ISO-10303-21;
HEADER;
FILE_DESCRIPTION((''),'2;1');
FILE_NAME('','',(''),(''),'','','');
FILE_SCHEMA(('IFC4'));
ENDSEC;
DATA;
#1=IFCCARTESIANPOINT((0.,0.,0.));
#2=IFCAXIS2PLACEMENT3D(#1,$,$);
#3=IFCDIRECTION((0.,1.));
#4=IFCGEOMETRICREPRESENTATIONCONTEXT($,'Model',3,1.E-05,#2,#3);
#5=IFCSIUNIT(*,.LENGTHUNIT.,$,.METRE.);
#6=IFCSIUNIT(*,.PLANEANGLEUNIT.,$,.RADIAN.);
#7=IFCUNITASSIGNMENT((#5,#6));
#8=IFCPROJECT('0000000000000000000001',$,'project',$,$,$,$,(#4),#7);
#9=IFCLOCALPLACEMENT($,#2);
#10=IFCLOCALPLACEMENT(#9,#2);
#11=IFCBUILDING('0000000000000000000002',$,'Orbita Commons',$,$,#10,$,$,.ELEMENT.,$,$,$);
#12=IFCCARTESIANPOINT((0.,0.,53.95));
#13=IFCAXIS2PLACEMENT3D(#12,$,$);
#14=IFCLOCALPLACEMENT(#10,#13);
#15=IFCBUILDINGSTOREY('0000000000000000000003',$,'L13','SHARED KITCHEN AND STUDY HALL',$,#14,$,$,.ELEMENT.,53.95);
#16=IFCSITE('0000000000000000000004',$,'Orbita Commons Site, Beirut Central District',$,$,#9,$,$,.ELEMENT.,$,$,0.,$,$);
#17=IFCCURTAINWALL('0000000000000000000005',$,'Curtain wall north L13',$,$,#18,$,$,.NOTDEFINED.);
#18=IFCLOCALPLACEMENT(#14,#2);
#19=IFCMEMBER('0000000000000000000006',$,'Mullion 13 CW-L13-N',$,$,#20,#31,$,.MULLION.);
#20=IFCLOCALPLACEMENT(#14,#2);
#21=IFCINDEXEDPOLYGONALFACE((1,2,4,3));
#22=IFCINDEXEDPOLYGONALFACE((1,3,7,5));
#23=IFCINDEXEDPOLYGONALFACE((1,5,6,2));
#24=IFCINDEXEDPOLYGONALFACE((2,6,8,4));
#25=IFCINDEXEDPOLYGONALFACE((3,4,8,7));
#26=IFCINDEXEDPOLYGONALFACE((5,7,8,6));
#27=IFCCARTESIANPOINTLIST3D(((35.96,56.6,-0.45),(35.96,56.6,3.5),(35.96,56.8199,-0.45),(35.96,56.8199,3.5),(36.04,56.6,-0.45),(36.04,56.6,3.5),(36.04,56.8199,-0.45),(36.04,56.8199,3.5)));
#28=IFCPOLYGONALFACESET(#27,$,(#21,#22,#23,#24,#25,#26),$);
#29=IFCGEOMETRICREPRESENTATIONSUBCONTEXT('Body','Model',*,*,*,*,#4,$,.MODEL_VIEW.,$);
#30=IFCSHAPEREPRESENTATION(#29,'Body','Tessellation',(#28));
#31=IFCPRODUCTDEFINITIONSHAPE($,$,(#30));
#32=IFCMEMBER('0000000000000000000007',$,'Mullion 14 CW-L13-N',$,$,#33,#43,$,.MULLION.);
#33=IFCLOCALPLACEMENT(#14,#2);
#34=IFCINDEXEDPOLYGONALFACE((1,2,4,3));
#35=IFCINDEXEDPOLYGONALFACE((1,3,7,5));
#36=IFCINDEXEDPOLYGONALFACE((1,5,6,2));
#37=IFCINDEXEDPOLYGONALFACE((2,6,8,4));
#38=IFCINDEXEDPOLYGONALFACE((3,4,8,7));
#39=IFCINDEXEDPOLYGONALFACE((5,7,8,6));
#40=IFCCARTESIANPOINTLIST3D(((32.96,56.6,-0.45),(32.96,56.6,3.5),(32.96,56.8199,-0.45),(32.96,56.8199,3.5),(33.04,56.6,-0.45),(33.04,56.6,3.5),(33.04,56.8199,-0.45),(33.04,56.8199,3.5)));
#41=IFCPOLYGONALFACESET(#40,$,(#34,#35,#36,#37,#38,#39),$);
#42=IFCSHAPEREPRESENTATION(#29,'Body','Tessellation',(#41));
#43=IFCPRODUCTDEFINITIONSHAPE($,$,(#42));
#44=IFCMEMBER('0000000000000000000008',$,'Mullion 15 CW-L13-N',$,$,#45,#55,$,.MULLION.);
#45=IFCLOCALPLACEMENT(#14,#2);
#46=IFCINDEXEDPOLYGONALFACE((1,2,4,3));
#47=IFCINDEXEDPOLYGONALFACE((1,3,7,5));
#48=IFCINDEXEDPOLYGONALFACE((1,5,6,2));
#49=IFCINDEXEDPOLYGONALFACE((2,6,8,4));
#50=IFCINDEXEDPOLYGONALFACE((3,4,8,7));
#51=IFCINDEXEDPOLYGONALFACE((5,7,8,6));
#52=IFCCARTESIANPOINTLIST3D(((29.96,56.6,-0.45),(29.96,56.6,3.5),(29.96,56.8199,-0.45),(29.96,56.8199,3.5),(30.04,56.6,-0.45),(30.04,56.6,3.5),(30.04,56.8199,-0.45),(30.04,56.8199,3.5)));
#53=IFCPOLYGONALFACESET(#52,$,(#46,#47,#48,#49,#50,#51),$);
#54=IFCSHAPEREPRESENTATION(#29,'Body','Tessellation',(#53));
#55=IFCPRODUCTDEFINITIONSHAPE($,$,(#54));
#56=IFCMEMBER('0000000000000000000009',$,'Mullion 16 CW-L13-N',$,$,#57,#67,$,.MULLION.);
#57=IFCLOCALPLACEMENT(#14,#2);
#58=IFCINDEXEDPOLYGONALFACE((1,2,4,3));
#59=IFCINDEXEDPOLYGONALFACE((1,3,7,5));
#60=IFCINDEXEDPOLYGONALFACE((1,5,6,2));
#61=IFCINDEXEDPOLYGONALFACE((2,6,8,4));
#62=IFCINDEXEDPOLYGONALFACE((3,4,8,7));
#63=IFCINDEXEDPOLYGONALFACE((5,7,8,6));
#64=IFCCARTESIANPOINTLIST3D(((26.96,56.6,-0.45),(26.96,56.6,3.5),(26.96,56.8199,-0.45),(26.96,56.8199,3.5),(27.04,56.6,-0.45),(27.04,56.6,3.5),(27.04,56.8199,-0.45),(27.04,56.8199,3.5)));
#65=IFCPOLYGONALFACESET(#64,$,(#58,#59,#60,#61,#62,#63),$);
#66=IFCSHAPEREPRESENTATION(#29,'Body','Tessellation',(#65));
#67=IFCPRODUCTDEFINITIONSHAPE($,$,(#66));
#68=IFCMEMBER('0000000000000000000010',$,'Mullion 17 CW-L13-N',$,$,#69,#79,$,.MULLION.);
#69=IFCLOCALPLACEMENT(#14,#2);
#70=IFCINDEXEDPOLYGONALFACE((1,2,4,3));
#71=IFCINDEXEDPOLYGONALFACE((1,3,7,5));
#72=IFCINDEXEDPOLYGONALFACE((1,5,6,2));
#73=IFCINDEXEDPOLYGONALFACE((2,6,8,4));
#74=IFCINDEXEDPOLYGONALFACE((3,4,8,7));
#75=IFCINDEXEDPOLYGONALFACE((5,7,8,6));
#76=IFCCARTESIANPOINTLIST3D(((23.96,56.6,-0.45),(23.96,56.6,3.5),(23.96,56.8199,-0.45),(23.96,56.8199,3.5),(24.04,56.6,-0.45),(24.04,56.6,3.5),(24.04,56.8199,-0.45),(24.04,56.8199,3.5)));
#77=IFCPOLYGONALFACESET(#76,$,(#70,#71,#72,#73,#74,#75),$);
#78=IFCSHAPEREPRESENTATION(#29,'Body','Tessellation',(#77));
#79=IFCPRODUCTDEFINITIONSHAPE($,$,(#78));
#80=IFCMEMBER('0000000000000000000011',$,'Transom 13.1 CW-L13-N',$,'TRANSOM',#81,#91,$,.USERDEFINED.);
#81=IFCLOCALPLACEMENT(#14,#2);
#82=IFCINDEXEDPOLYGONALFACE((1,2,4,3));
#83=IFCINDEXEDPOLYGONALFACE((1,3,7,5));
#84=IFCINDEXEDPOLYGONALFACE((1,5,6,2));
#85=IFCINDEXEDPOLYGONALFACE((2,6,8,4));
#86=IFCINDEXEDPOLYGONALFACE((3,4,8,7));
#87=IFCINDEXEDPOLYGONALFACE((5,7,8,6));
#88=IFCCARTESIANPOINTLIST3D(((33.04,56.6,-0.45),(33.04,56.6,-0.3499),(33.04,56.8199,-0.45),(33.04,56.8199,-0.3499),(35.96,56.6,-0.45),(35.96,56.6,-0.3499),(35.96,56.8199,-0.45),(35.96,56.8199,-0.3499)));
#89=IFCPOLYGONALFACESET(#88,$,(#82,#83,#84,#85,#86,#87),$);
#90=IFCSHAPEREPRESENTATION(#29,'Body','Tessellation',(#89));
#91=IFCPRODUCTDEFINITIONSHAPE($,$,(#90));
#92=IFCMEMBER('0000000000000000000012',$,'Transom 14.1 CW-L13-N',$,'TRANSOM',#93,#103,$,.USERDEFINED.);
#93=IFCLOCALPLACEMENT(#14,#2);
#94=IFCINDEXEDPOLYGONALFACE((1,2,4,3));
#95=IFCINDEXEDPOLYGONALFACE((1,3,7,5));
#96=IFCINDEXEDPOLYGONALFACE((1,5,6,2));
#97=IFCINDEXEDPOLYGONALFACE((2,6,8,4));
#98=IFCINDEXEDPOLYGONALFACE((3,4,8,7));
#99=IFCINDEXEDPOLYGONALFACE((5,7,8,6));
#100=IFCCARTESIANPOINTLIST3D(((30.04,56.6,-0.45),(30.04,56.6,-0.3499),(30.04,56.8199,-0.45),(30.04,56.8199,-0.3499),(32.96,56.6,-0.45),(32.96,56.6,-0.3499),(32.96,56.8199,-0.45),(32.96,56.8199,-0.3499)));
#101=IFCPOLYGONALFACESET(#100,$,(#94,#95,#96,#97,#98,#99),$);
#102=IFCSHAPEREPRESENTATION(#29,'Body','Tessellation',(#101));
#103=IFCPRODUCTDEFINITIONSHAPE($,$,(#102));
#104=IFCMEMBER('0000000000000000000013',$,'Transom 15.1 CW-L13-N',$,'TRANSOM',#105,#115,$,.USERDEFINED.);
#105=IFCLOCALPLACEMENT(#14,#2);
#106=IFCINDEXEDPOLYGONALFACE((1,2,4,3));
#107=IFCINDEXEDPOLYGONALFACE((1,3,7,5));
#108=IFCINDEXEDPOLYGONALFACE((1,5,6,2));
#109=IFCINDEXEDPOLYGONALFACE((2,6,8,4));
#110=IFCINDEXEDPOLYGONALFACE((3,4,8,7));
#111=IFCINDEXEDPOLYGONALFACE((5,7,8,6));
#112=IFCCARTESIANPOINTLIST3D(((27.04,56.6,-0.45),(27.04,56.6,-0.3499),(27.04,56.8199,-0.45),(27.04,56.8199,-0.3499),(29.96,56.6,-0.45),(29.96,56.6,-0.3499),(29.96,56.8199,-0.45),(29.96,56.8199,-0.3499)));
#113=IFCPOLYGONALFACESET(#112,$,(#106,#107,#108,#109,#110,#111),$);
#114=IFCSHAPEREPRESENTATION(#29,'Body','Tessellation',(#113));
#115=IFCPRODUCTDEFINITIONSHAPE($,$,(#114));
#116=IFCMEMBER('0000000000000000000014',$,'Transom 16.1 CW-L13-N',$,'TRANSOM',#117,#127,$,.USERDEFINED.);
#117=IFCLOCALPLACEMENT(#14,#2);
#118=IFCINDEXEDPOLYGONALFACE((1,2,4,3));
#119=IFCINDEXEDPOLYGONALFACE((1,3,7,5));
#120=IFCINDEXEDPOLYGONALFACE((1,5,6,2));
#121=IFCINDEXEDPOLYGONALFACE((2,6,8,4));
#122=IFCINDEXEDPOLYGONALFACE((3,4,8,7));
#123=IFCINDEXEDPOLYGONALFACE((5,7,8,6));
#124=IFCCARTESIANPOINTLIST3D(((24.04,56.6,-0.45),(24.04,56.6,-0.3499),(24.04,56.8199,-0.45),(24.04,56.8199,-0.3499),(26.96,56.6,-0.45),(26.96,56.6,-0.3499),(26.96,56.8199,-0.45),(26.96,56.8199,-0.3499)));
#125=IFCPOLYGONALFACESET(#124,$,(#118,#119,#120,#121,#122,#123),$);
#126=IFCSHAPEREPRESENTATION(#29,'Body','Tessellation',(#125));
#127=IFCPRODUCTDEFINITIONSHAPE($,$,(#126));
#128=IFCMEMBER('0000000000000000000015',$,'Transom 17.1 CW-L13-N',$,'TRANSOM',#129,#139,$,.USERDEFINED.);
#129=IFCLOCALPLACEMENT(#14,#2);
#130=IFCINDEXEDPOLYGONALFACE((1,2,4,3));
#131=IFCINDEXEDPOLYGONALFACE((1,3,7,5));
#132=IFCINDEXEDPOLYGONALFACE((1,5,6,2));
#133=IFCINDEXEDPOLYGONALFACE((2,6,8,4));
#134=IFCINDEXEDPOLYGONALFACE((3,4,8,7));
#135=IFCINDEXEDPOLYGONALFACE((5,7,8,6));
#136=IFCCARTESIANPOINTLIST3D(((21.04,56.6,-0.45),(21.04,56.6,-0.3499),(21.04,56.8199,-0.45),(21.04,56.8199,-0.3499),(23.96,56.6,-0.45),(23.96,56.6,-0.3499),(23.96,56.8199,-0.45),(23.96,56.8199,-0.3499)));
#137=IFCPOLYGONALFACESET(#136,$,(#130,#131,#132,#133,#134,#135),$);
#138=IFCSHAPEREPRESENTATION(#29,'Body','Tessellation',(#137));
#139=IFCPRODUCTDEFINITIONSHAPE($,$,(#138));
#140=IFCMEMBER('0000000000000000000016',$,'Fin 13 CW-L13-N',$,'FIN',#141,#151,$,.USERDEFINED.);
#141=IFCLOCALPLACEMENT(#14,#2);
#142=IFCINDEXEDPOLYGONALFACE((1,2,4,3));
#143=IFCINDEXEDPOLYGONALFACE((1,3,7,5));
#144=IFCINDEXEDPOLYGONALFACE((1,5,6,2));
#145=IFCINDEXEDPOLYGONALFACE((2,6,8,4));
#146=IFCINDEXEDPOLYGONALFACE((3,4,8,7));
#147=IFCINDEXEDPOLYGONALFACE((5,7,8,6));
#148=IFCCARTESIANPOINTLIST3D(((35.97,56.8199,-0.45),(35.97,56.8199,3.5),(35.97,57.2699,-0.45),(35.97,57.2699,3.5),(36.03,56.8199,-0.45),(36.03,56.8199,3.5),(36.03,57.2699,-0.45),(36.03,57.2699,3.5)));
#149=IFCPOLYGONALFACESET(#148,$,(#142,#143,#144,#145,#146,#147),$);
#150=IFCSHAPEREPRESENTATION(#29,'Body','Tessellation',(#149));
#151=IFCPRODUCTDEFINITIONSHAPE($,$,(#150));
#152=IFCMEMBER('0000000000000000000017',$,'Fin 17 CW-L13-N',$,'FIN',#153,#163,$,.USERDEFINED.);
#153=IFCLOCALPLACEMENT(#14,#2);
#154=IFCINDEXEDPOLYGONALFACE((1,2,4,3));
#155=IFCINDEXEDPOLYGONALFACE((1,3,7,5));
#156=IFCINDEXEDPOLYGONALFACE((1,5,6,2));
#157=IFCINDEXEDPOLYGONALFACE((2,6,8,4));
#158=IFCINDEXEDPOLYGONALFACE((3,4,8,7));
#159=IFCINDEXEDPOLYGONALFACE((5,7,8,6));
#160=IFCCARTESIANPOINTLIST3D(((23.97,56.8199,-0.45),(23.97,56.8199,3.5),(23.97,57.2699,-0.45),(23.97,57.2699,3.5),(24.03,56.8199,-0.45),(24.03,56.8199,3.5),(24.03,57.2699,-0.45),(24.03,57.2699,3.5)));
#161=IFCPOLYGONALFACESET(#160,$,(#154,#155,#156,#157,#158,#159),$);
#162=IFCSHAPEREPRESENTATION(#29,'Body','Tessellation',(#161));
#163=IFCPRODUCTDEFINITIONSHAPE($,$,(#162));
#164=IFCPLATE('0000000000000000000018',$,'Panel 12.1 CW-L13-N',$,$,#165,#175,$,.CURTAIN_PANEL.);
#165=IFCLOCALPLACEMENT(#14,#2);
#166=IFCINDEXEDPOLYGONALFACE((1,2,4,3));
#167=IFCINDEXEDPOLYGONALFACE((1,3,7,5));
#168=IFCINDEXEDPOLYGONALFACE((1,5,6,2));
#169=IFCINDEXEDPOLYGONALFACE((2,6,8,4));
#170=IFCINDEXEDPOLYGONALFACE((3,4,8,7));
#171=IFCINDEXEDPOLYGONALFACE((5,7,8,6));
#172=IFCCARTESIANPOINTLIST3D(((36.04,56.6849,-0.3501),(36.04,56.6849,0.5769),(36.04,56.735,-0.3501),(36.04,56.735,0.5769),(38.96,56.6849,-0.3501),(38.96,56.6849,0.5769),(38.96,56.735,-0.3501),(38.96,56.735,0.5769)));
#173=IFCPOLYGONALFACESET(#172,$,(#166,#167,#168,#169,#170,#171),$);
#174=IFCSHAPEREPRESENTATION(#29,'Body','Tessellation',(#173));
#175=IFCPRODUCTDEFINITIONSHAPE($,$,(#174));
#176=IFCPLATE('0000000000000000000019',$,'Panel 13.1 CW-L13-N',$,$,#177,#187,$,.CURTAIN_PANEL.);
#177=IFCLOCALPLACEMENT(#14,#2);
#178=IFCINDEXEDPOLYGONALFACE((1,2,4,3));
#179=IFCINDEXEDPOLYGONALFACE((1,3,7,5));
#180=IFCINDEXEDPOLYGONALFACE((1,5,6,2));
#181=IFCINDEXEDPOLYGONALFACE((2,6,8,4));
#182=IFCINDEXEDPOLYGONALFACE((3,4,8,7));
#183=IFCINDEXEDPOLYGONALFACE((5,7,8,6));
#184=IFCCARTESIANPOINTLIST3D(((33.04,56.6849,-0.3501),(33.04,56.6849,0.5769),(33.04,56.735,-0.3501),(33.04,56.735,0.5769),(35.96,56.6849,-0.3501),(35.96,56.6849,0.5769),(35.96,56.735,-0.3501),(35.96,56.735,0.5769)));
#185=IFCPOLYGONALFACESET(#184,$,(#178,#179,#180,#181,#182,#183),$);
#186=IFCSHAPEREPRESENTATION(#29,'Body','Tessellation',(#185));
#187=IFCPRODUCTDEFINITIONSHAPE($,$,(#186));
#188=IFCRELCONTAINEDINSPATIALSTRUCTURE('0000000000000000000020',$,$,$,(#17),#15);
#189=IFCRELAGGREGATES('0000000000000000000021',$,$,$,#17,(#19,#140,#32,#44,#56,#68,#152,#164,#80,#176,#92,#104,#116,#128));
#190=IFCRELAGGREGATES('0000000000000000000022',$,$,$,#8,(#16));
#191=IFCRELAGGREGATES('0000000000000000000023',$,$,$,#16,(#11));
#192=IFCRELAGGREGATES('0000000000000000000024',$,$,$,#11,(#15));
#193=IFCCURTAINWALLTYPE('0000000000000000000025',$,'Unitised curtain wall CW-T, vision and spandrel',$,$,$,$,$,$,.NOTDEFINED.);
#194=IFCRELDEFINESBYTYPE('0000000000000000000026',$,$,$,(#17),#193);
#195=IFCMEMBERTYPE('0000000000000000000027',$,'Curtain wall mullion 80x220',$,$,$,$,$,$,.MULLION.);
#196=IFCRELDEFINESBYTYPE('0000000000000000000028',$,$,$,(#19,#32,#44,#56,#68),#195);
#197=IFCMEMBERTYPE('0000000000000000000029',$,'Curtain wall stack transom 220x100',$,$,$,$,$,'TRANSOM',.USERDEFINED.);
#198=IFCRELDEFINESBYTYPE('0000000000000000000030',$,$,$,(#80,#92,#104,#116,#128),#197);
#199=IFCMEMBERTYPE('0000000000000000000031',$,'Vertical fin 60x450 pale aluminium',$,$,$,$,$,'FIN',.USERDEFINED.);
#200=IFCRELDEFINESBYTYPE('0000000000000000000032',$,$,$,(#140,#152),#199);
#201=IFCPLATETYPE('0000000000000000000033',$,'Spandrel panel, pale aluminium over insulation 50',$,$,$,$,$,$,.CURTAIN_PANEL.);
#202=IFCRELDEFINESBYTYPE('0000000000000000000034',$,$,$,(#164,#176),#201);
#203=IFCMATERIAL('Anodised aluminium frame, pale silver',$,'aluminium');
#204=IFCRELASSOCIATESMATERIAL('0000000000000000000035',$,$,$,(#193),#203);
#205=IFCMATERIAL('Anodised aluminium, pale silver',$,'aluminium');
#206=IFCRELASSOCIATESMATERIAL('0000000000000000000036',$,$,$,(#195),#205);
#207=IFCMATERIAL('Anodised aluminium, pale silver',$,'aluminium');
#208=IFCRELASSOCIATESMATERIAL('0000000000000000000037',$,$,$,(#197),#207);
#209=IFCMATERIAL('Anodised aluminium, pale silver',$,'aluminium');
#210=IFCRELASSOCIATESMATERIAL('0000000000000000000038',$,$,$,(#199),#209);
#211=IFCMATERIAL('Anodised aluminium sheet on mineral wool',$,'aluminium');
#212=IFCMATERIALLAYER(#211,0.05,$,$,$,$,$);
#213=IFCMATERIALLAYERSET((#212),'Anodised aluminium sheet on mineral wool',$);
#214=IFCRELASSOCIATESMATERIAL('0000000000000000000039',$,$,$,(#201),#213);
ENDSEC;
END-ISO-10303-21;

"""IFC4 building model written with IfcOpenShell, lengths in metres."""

from ifc_helpers import new_model, si_unit, direction, frame, origin, origin_2d, place, context, subcontext, project, spatial, rectangle, extrude, material, layer, layer_set, material_profile, profile_set, type_object, element, aggregate, save


model = new_model("IFC4")

# Units and contexts
model_context = context("Model", 3, precision=1e-05, world=origin(), true_north=direction((0.0, 1.0)))
body_context = subcontext(model_context, "Body", "Model", "MODEL_VIEW")
ifc_project = project(units=[si_unit("LENGTHUNIT", "METRE"), si_unit("PLANEANGLEUNIT", "RADIAN")], contexts=[model_context])

# Site, building, storey
site_placement = place(None, origin())
site = spatial("IfcSite", under=ifc_project, at=site_placement, Name="Orbita Commons Site, Beirut Central District", CompositionType="ELEMENT", RefElevation=0.0)
building_placement = place(site_placement, origin())
building = spatial("IfcBuilding", under=site, at=building_placement, Name="Orbita Commons", CompositionType="ELEMENT")
storey_placement = place(building_placement, frame((0.0, 0.0, 53.95)))
storey = spatial("IfcBuildingStorey", under=building, at=storey_placement, Name="L13", Description="SHARED KITCHEN AND STUDY HALL", CompositionType="ELEMENT", Elevation=53.95)

# Curtain wall, members, plates
ifc_material_1 = material(Name="Anodised aluminium frame, pale silver", Category="aluminium")
curtain_wall_type = type_object("IfcCurtainWallType", Name="Unitised curtain wall CW-T, vision and spandrel", PredefinedType="NOTDEFINED", material=ifc_material_1)
curtain_wall_placement = place(storey_placement, origin())
curtain_wall = element("IfcCurtainWall", 1, at=curtain_wall_placement, inside=storey, type_object=curtain_wall_type, Name="Curtain wall north L13", PredefinedType="NOTDEFINED")
ifc_material_2 = material(Name="Anodised aluminium, pale silver", Category="aluminium")
ifc_material_profile_1 = material_profile(ifc_material_2, rectangle(XDim=0.0801, YDim=0.22, at=origin_2d()), Name="AL 80x220")
ifc_profile_set_1 = profile_set([ifc_material_profile_1], Name="Anodised aluminium, pale silver")
member_type_1 = type_object("IfcMemberType", Name="Curtain wall mullion 80x220", PredefinedType="MULLION", material=ifc_profile_set_1)
member_1_placement = place(storey_placement, frame((36.0, 56.71, -0.45), z_axis=(0.0, 0.0, 1.0), x_axis=(-1.0, 0.0, 0.0)))
member_1 = element("IfcMember", 2, at=member_1_placement, type_object=member_type_1, Name="Mullion 13 CW-L13-N", PredefinedType="MULLION", context=body_context, shape_type="SweptSolid", body=[
    extrude(rectangle(XDim=0.0801, YDim=0.22, at=origin_2d()), origin(), (0.0, 0.0, 1.0), 3.95),
])
member_2_placement = place(storey_placement, frame((33.0, 56.71, -0.45), z_axis=(0.0, 0.0, 1.0), x_axis=(-1.0, 0.0, 0.0)))
member_2 = element("IfcMember", 3, at=member_2_placement, type_object=member_type_1, Name="Mullion 14 CW-L13-N", PredefinedType="MULLION", context=body_context, shape_type="SweptSolid", body=[
    extrude(rectangle(XDim=0.0801, YDim=0.22, at=origin_2d()), origin(), (0.0, 0.0, 1.0), 3.95),
])
member_3_placement = place(storey_placement, frame((30.0, 56.71, -0.45), z_axis=(0.0, 0.0, 1.0), x_axis=(-1.0, 0.0, 0.0)))
member_3 = element("IfcMember", 4, at=member_3_placement, type_object=member_type_1, Name="Mullion 15 CW-L13-N", PredefinedType="MULLION", context=body_context, shape_type="SweptSolid", body=[
    extrude(rectangle(XDim=0.0801, YDim=0.22, at=origin_2d()), origin(), (0.0, 0.0, 1.0), 3.95),
])
member_4_placement = place(storey_placement, frame((27.0, 56.71, -0.45), z_axis=(0.0, 0.0, 1.0), x_axis=(-1.0, 0.0, 0.0)))
member_4 = element("IfcMember", 5, at=member_4_placement, type_object=member_type_1, Name="Mullion 16 CW-L13-N", PredefinedType="MULLION", context=body_context, shape_type="SweptSolid", body=[
    extrude(rectangle(XDim=0.0801, YDim=0.22, at=origin_2d()), origin(), (0.0, 0.0, 1.0), 3.95),
])
member_5_placement = place(storey_placement, frame((24.0, 56.71, -0.45), z_axis=(0.0, 0.0, 1.0), x_axis=(-1.0, 0.0, 0.0)))
member_5 = element("IfcMember", 6, at=member_5_placement, type_object=member_type_1, Name="Mullion 17 CW-L13-N", PredefinedType="MULLION", context=body_context, shape_type="SweptSolid", body=[
    extrude(rectangle(XDim=0.0801, YDim=0.22, at=origin_2d()), origin(), (0.0, 0.0, 1.0), 3.95),
])
ifc_material_3 = material(Name="Anodised aluminium, pale silver", Category="aluminium")
ifc_material_profile_2 = material_profile(ifc_material_3, rectangle(XDim=0.22, YDim=0.1001, at=origin_2d()), Name="AL 220x100")
ifc_profile_set_2 = profile_set([ifc_material_profile_2], Name="Anodised aluminium, pale silver")
member_type_2 = type_object("IfcMemberType", Name="Curtain wall stack transom 220x100", ElementType="TRANSOM", PredefinedType="USERDEFINED", material=ifc_profile_set_2)
member_6_placement = place(storey_placement, frame((35.96, 56.71, -0.3999), z_axis=(-1.0, 0.0, 0.0), x_axis=(0.0, -1.0, 0.0)))
member_6 = element("IfcMember", 7, at=member_6_placement, type_object=member_type_2, Name="Transom 13.1 CW-L13-N", ObjectType="TRANSOM", PredefinedType="USERDEFINED", context=body_context, shape_type="SweptSolid", body=[
    extrude(rectangle(XDim=0.22, YDim=0.1001, at=origin_2d()), origin(), (0.0, 0.0, 1.0), 2.9199),
])
member_7_placement = place(storey_placement, frame((32.96, 56.71, -0.3999), z_axis=(-1.0, 0.0, 0.0), x_axis=(0.0, -1.0, 0.0)))
member_7 = element("IfcMember", 8, at=member_7_placement, type_object=member_type_2, Name="Transom 14.1 CW-L13-N", ObjectType="TRANSOM", PredefinedType="USERDEFINED", context=body_context, shape_type="SweptSolid", body=[
    extrude(rectangle(XDim=0.22, YDim=0.1001, at=origin_2d()), origin(), (0.0, 0.0, 1.0), 2.9199),
])
member_8_placement = place(storey_placement, frame((29.96, 56.71, -0.3999), z_axis=(-1.0, 0.0, 0.0), x_axis=(0.0, -1.0, 0.0)))
member_8 = element("IfcMember", 9, at=member_8_placement, type_object=member_type_2, Name="Transom 15.1 CW-L13-N", ObjectType="TRANSOM", PredefinedType="USERDEFINED", context=body_context, shape_type="SweptSolid", body=[
    extrude(rectangle(XDim=0.22, YDim=0.1001, at=origin_2d()), origin(), (0.0, 0.0, 1.0), 2.9199),
])
member_9_placement = place(storey_placement, frame((26.96, 56.71, -0.3999), z_axis=(-1.0, 0.0, 0.0), x_axis=(0.0, -1.0, 0.0)))
member_9 = element("IfcMember", 10, at=member_9_placement, type_object=member_type_2, Name="Transom 16.1 CW-L13-N", ObjectType="TRANSOM", PredefinedType="USERDEFINED", context=body_context, shape_type="SweptSolid", body=[
    extrude(rectangle(XDim=0.22, YDim=0.1001, at=origin_2d()), origin(), (0.0, 0.0, 1.0), 2.9199),
])
member_10_placement = place(storey_placement, frame((23.96, 56.71, -0.3999), z_axis=(-1.0, 0.0, 0.0), x_axis=(0.0, -1.0, 0.0)))
member_10 = element("IfcMember", 11, at=member_10_placement, type_object=member_type_2, Name="Transom 17.1 CW-L13-N", ObjectType="TRANSOM", PredefinedType="USERDEFINED", context=body_context, shape_type="SweptSolid", body=[
    extrude(rectangle(XDim=0.22, YDim=0.1001, at=origin_2d()), origin(), (0.0, 0.0, 1.0), 2.9199),
])
ifc_material_4 = material(Name="Anodised aluminium, pale silver", Category="aluminium")
ifc_material_profile_3 = material_profile(ifc_material_4, rectangle(XDim=0.0601, YDim=0.45, at=origin_2d()), Name="FIN 60x450")
ifc_profile_set_3 = profile_set([ifc_material_profile_3], Name="Anodised aluminium, pale silver")
member_type_3 = type_object("IfcMemberType", Name="Vertical fin 60x450 pale aluminium", ElementType="FIN", PredefinedType="USERDEFINED", material=ifc_profile_set_3)
member_11_placement = place(storey_placement, frame((36.0, 57.0449, -0.45), z_axis=(0.0, 0.0, 1.0), x_axis=(-1.0, 0.0, 0.0)))
member_11 = element("IfcMember", 12, at=member_11_placement, type_object=member_type_3, Name="Fin 13 CW-L13-N", ObjectType="FIN", PredefinedType="USERDEFINED", context=body_context, shape_type="SweptSolid", body=[
    extrude(rectangle(XDim=0.0601, YDim=0.45, at=origin_2d()), origin(), (0.0, 0.0, 1.0), 3.95),
])
member_12_placement = place(storey_placement, frame((24.0, 57.0449, -0.45), z_axis=(0.0, 0.0, 1.0), x_axis=(-1.0, 0.0, 0.0)))
member_12 = element("IfcMember", 13, at=member_12_placement, type_object=member_type_3, Name="Fin 17 CW-L13-N", ObjectType="FIN", PredefinedType="USERDEFINED", context=body_context, shape_type="SweptSolid", body=[
    extrude(rectangle(XDim=0.0601, YDim=0.45, at=origin_2d()), origin(), (0.0, 0.0, 1.0), 3.95),
])
ifc_material_5 = material(Name="Anodised aluminium sheet on mineral wool", Category="aluminium")
ifc_layer_1 = layer(ifc_material_5, 0.05)
ifc_layer_set_1 = layer_set([ifc_layer_1], Name="Anodised aluminium sheet on mineral wool")
plate_type_1 = type_object("IfcPlateType", Name="Spandrel panel, pale aluminium over insulation 50", PredefinedType="CURTAIN_PANEL", material=ifc_layer_set_1)
plate_1_placement = place(storey_placement, frame((37.5, 56.71, -0.3501), z_axis=(0.0, 0.0, 1.0), x_axis=(-1.0, 0.0, 0.0)))
plate_1 = element("IfcPlate", 14, at=plate_1_placement, type_object=plate_type_1, Name="Panel 12.1 CW-L13-N", PredefinedType="CURTAIN_PANEL", context=body_context, shape_type="SweptSolid", body=[
    extrude(rectangle(XDim=2.9199, YDim=0.05, at=origin_2d()), origin(), (0.0, 0.0, 1.0), 0.927),
])
plate_2_placement = place(storey_placement, frame((34.5, 56.71, -0.3501), z_axis=(0.0, 0.0, 1.0), x_axis=(-1.0, 0.0, 0.0)))
plate_2 = element("IfcPlate", 15, at=plate_2_placement, type_object=plate_type_1, Name="Panel 13.1 CW-L13-N", PredefinedType="CURTAIN_PANEL", context=body_context, shape_type="SweptSolid", body=[
    extrude(rectangle(XDim=2.9199, YDim=0.05, at=origin_2d()), origin(), (0.0, 0.0, 1.0), 0.927),
])
aggregate(curtain_wall, [member_1, member_11, member_2, member_3, member_4, member_5, member_12, plate_1, member_6, plate_2, member_7, member_8, member_9, member_10])

save(model, "model.ifc")
